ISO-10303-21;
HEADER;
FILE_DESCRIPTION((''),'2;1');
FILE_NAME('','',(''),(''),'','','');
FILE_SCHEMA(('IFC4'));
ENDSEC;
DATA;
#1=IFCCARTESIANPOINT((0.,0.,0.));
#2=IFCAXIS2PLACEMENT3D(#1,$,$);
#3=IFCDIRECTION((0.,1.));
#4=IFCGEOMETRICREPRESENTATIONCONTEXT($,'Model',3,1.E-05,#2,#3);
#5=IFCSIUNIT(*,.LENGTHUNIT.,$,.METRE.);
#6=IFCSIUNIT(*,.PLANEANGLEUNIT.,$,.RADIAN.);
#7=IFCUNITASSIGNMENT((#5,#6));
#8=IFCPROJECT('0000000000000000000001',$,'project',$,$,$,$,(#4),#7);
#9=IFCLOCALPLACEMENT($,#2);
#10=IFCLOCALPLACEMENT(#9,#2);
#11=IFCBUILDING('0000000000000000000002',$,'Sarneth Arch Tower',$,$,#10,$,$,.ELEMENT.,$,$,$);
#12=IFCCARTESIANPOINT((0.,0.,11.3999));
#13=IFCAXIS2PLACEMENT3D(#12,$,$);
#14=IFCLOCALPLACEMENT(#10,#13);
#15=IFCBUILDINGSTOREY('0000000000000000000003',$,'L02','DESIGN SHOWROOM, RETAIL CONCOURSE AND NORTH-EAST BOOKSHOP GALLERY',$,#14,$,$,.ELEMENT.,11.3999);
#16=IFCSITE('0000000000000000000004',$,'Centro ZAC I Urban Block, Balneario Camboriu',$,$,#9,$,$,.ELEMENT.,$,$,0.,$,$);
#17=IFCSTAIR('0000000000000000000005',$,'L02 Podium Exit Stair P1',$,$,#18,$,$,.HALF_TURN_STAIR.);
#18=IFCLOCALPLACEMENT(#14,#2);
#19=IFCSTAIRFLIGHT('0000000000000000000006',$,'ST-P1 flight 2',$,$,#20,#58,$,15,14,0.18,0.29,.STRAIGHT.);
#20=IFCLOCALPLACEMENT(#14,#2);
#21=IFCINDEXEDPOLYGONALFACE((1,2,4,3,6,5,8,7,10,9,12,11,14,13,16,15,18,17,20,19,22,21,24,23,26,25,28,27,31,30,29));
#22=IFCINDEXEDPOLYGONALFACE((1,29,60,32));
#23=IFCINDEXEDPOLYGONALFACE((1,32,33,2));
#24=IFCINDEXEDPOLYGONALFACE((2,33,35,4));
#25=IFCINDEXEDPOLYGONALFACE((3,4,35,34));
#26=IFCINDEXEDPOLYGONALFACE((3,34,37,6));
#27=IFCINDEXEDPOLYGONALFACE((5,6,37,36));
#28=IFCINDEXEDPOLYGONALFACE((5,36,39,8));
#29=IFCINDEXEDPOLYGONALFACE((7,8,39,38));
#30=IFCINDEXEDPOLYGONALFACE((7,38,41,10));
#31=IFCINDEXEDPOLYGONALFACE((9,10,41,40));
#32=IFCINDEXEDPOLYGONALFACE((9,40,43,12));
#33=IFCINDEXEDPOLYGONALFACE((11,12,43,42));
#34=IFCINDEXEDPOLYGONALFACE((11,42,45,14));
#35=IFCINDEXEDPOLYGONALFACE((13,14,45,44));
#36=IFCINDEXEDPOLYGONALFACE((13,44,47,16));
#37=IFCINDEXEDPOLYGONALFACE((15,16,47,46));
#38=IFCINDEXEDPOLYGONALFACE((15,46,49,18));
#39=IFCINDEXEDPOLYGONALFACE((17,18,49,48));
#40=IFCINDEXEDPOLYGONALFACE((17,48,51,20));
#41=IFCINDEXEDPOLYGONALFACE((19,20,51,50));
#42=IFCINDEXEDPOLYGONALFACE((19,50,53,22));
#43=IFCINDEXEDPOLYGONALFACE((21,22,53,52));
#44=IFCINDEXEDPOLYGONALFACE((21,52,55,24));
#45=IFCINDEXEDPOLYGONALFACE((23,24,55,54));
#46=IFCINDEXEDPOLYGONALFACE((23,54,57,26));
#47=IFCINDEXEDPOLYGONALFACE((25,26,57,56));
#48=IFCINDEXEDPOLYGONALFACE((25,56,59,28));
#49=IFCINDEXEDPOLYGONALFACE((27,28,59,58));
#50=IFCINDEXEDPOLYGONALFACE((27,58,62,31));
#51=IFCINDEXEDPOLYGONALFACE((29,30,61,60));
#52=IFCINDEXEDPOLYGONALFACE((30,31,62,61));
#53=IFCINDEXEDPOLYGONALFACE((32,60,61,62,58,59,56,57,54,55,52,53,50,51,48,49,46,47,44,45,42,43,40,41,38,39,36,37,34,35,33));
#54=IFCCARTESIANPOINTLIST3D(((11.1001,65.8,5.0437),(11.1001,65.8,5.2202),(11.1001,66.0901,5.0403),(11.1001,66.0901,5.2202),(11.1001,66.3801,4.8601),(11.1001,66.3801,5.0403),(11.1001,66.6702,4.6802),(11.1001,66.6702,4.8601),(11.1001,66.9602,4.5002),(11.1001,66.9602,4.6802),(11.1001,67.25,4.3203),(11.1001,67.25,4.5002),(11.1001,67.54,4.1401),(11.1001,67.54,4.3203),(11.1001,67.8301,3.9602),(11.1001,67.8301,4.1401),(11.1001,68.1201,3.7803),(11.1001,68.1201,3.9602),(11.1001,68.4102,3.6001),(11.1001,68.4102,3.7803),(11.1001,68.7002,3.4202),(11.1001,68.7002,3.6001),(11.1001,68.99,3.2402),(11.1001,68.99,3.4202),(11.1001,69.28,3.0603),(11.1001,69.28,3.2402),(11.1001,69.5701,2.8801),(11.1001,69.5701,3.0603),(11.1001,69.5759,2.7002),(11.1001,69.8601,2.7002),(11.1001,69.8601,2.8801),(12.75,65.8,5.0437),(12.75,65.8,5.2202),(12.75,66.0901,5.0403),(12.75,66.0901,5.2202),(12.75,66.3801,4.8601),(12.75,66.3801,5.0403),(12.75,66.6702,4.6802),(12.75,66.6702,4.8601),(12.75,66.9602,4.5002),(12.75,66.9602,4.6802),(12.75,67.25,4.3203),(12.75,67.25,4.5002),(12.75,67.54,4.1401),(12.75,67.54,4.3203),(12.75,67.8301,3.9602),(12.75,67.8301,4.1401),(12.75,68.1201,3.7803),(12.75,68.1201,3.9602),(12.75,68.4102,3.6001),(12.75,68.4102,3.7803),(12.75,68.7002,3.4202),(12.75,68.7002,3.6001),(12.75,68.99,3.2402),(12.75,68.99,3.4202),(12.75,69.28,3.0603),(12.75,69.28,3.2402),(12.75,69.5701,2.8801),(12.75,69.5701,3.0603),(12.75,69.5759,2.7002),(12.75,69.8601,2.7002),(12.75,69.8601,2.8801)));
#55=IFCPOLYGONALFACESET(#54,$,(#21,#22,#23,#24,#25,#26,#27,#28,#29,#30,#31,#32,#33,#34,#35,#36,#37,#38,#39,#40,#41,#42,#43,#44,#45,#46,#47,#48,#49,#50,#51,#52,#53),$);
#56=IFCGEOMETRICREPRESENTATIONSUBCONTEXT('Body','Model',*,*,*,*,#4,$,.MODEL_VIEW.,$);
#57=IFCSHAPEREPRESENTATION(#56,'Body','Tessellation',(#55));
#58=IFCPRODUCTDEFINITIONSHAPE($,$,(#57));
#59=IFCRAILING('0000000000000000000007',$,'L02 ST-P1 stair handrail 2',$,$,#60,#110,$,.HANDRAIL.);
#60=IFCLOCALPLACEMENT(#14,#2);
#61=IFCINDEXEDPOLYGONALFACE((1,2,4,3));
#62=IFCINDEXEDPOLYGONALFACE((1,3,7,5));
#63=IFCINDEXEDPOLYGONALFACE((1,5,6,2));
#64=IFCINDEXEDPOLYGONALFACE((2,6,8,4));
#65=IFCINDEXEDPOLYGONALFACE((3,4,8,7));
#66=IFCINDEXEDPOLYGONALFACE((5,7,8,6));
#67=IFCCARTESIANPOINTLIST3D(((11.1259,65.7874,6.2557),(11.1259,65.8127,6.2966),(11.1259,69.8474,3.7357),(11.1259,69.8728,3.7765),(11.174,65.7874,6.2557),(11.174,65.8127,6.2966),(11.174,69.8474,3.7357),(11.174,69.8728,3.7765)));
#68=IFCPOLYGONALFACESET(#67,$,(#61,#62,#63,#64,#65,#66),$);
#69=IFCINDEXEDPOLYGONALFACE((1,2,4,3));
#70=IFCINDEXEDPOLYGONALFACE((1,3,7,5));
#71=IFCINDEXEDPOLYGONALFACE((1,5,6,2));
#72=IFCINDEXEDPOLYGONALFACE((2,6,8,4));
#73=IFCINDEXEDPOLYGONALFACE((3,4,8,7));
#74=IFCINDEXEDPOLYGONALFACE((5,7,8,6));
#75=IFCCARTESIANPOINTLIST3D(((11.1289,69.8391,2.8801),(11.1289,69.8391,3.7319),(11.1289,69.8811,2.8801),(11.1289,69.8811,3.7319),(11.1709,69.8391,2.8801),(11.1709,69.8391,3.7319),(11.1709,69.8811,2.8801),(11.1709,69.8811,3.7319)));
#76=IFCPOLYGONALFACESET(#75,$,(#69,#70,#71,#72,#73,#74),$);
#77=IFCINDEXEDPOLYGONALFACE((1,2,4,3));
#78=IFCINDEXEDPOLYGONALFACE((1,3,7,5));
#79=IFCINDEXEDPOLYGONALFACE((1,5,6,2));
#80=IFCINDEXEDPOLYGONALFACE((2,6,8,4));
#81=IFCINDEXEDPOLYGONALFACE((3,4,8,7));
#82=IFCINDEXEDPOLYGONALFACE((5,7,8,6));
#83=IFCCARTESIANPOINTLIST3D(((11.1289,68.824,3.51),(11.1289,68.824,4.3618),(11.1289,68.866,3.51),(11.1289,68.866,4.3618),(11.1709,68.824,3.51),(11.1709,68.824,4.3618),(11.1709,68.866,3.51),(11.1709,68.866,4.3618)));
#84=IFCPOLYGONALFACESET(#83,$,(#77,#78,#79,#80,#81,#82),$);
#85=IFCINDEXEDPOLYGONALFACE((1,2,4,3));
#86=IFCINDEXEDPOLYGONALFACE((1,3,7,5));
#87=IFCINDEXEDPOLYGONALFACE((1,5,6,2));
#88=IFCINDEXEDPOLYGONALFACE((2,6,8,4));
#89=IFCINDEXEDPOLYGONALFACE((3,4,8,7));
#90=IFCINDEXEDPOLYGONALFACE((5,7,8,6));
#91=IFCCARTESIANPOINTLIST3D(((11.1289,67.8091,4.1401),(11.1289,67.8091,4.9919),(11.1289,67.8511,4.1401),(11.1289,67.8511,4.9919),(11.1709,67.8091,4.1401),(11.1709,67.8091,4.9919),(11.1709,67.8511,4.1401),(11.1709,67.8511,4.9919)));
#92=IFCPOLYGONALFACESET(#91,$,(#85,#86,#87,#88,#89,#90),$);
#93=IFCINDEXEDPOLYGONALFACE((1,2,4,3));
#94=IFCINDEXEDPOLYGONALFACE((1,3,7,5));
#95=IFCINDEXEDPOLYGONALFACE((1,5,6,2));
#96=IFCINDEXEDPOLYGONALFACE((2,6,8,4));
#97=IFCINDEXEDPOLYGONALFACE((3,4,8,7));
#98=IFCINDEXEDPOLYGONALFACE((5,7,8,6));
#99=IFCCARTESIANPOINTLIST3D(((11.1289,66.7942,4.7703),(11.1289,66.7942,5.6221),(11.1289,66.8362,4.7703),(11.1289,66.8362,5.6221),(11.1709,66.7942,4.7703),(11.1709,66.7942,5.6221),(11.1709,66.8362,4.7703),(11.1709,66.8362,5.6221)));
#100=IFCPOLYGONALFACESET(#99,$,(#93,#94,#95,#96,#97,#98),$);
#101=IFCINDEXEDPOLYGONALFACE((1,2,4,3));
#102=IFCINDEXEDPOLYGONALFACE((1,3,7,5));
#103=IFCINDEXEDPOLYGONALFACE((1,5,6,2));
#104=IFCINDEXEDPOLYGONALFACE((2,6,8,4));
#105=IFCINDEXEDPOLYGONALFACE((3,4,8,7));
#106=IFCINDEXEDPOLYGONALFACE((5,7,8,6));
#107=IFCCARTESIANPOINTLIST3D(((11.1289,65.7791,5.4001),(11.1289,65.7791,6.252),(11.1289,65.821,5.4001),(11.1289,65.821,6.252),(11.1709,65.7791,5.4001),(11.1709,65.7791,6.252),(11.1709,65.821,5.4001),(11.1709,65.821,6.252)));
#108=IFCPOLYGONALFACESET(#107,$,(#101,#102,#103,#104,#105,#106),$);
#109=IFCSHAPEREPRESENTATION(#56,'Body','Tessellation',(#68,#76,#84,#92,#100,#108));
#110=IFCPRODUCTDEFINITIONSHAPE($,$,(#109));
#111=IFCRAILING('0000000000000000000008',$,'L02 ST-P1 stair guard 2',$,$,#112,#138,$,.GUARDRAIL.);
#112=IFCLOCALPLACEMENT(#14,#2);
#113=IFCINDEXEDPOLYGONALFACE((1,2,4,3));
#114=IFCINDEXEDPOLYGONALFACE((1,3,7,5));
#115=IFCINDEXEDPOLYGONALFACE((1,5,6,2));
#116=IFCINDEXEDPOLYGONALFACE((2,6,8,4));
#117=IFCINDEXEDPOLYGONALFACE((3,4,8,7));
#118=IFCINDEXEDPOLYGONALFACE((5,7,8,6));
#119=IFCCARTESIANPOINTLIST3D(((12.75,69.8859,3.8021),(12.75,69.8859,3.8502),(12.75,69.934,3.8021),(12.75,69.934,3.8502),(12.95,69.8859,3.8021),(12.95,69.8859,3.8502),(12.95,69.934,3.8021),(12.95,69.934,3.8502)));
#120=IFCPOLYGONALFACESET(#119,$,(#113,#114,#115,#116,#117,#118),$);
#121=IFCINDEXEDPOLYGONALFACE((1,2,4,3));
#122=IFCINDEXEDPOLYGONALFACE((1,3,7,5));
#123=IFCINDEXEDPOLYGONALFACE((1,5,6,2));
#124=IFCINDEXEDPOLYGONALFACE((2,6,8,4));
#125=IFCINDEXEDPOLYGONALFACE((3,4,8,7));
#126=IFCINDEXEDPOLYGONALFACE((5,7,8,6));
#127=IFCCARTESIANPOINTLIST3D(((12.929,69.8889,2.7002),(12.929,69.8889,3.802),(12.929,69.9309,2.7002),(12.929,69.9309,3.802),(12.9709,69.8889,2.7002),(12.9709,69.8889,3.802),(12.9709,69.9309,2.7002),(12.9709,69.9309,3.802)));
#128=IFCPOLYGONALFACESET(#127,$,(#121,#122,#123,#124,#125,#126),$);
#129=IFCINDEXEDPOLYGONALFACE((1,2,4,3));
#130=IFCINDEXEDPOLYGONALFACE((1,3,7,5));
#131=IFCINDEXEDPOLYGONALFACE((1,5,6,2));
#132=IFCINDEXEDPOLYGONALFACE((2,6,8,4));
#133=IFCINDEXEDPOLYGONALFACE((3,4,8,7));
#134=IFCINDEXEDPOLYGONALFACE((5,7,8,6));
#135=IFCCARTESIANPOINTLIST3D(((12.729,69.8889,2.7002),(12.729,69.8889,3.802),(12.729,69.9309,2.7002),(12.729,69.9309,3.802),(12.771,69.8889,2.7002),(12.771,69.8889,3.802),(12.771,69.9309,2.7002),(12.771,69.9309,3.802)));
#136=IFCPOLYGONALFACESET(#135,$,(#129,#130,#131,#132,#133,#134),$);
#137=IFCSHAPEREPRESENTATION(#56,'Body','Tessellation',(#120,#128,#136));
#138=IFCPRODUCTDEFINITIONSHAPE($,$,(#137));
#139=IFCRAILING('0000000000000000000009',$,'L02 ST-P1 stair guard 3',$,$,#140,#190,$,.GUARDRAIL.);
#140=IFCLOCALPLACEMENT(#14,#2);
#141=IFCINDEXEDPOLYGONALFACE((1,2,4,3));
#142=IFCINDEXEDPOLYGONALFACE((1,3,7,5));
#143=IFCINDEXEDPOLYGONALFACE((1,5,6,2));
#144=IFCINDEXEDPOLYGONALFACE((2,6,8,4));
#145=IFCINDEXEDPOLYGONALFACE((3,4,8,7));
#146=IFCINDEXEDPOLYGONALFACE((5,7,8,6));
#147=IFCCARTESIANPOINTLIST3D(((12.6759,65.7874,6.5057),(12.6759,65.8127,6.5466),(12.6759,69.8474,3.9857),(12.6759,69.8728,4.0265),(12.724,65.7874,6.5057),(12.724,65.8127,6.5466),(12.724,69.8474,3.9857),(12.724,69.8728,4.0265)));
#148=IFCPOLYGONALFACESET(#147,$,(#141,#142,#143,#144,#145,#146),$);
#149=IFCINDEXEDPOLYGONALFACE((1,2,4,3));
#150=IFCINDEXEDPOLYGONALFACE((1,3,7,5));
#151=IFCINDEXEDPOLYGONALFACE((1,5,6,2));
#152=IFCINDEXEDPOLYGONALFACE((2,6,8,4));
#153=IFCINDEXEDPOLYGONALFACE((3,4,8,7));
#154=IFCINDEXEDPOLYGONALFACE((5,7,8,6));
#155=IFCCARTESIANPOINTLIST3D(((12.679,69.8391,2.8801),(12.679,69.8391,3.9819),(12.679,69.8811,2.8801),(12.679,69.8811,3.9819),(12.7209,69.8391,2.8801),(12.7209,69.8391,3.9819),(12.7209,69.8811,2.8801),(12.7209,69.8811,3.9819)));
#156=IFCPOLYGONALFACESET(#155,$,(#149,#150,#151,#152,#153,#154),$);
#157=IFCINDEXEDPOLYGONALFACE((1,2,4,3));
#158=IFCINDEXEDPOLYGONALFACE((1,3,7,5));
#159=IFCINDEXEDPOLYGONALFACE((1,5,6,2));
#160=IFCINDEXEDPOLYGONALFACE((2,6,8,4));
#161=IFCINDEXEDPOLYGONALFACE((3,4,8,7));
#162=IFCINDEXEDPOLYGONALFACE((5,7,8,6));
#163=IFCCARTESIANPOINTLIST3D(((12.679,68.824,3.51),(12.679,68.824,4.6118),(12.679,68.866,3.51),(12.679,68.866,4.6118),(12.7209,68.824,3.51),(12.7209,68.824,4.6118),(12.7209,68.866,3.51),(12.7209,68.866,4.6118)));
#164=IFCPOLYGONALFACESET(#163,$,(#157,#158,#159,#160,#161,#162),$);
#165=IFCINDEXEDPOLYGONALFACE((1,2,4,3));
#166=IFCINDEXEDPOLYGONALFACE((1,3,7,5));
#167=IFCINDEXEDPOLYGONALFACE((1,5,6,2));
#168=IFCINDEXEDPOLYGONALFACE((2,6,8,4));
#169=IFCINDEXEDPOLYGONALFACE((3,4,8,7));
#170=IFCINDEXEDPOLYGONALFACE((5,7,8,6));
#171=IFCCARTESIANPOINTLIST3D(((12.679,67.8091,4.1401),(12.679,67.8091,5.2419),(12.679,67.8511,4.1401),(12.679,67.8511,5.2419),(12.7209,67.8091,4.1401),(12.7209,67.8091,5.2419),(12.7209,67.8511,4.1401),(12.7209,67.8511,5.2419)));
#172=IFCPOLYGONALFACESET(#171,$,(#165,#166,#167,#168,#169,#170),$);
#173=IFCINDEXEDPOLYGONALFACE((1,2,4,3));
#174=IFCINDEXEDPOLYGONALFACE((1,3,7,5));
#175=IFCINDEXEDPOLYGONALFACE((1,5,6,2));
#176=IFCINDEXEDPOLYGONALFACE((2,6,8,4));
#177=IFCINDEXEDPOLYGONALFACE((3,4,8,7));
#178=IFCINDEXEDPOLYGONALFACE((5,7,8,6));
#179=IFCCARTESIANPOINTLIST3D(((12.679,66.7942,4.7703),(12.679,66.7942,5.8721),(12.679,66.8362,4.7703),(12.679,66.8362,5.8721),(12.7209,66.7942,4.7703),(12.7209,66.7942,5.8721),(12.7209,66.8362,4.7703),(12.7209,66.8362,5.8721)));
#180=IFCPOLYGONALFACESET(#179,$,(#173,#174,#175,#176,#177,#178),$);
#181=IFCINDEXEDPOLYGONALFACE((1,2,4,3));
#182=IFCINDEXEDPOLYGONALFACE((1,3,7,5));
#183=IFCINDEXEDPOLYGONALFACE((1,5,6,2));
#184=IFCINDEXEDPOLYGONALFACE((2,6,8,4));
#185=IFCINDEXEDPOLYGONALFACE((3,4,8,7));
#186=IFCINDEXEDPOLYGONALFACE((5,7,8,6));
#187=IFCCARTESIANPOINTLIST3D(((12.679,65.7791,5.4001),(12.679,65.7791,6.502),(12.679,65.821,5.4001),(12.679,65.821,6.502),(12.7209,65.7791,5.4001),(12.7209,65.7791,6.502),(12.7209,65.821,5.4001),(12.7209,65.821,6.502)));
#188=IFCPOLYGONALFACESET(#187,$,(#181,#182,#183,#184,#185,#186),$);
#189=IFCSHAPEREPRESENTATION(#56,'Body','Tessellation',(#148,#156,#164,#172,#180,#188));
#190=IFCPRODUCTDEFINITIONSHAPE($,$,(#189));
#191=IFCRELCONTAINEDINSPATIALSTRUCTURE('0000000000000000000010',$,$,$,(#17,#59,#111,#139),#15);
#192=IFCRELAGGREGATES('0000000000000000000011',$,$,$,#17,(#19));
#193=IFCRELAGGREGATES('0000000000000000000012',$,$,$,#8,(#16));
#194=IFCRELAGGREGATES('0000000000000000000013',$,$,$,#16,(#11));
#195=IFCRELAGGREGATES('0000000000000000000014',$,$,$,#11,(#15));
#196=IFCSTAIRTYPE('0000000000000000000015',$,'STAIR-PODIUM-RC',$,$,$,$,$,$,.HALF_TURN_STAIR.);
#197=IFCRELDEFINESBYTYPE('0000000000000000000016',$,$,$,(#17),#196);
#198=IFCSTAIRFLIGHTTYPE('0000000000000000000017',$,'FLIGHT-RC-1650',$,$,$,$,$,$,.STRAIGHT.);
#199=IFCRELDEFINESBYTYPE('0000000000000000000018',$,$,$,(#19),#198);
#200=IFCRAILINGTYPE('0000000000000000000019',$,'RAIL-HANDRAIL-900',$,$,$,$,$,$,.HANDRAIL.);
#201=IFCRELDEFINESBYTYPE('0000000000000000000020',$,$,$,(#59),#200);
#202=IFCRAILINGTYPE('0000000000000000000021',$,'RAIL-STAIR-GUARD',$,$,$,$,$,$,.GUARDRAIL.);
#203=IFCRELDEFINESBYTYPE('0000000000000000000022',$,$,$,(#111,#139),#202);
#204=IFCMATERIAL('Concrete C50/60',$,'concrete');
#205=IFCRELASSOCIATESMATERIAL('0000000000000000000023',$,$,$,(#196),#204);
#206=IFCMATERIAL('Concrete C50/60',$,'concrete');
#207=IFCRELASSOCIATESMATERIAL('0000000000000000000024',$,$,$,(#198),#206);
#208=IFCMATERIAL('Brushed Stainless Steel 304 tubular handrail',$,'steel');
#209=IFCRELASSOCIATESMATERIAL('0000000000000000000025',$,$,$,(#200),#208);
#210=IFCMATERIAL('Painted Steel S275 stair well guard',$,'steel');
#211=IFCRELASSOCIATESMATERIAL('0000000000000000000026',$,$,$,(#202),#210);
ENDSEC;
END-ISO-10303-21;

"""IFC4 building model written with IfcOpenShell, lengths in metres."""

from ifc_helpers import new_model, si_unit, direction, frame, origin, origin_2d, place, context, subcontext, project, spatial, polyline, rectangle, outline, extrude, material, type_object, element, aggregate, save


model = new_model("IFC4")

# Units and contexts
model_context = context("Model", 3, precision=1e-05, world=origin(), true_north=direction((0.0, 1.0)))
body_context = subcontext(model_context, "Body", "Model", "MODEL_VIEW")
ifc_project = project(units=[si_unit("LENGTHUNIT", "METRE"), si_unit("PLANEANGLEUNIT", "RADIAN")], contexts=[model_context])

# Site, building, storey
site_placement = place(None, origin())
site = spatial("IfcSite", under=ifc_project, at=site_placement, Name="Centro ZAC I Urban Block, Balneario Camboriu", CompositionType="ELEMENT", RefElevation=0.0)
building_placement = place(site_placement, origin())
building = spatial("IfcBuilding", under=site, at=building_placement, Name="Sarneth Arch Tower", CompositionType="ELEMENT")
storey_placement = place(building_placement, frame((0.0, 0.0, 11.3999)))
storey = spatial("IfcBuildingStorey", under=building, at=storey_placement, Name="L02", Description="DESIGN SHOWROOM, RETAIL CONCOURSE AND NORTH-EAST BOOKSHOP GALLERY", CompositionType="ELEMENT", Elevation=11.3999)

# Stair, stair flight
ifc_material_1 = material(Name="Concrete C50/60", Category="concrete")
stair_type = type_object("IfcStairType", Name="STAIR-PODIUM-RC", PredefinedType="HALF_TURN_STAIR", material=ifc_material_1)
stair_placement = place(storey_placement, origin())
stair = element("IfcStair", 1, at=stair_placement, inside=storey, type_object=stair_type, Name="L02 Podium Exit Stair P1", PredefinedType="HALF_TURN_STAIR")
ifc_material_2 = material(Name="Concrete C50/60", Category="concrete")
stair_flight_type = type_object("IfcStairFlightType", Name="FLIGHT-RC-1650", PredefinedType="STRAIGHT", material=ifc_material_2)
stair_flight_placement = place(storey_placement, frame((11.925, 69.8601, 2.7002), z_axis=(0.0, 0.0, 1.0), x_axis=(0.0, -1.0, 0.0)))
stair_flight = element("IfcStairFlight", 2, at=stair_flight_placement, type_object=stair_flight_type, Name="ST-P1 flight 2", NumberOfRisers=15, NumberOfTreads=14, PredefinedType="STRAIGHT", RiserHeight=0.18, TreadLength=0.29, context=body_context, shape_type="SweptSolid", body=[
    extrude(outline(polyline([(0.0, 0.0), (0.0, 0.1799), (0.29, 0.1799), (0.29, 0.3601), (0.5801, 0.3601), (0.5801, 0.54), (0.8701, 0.54), (0.8701, 0.72), (1.1599, 0.72), (1.1599, 0.8999), (1.45, 0.8999), (1.45, 1.0801), (1.74, 1.0801), (1.74, 1.26), (2.03, 1.26), (2.03, 1.4399), (2.3201, 1.4399), (2.3201, 1.6201), (2.6101, 1.6201), (2.6101, 1.8), (2.8999, 1.8), (2.8999, 1.98), (3.1899, 1.98), (3.1899, 2.1599), (3.48, 2.1599), (3.48, 2.3401), (3.77, 2.3401), (3.77, 2.52), (4.0601, 2.52), (4.0601, 2.7), (4.0601, 2.3435), (0.2842, 0.0), (0.0, 0.0)])), frame((0.0, 0.825, 0.0), z_axis=(0.0, -1.0, 0.0), x_axis=(1.0, 0.0, 0.0)), (0.0, 0.0, 1.0), 1.6499),
])
aggregate(stair, [stair_flight])

# Railings
ifc_material_3 = material(Name="Brushed Stainless Steel 304 tubular handrail", Category="steel")
railing_type_1 = type_object("IfcRailingType", Name="RAIL-HANDRAIL-900", PredefinedType="HANDRAIL", material=ifc_material_3)
railing_1_placement = place(storey_placement, frame((11.1499, 69.8601, 2.8801)))
element("IfcRailing", 3, at=railing_1_placement, inside=storey, type_object=railing_type_1, Name="L02 ST-P1 stair handrail 2", PredefinedType="HANDRAIL", context=body_context, shape_type="SweptSolid", body=[
    extrude(rectangle(XDim=0.0481, YDim=0.0481, at=origin_2d()), frame((0.0, 0.0, 0.876), z_axis=(0.0, -0.849642, 0.52736), x_axis=(1.0, 0.0, 0.0)), (0.0, 0.0, 1.0), 4.7786),
    extrude(rectangle(XDim=0.042, YDim=0.042, at=origin_2d()), origin(), (0.0, 0.0, 1.0), 0.8518),
    extrude(rectangle(XDim=0.042, YDim=0.042, at=origin_2d()), frame((0.0, -1.0151, 0.6299)), (0.0, 0.0, 1.0), 0.8518),
    extrude(rectangle(XDim=0.042, YDim=0.042, at=origin_2d()), frame((0.0, -2.03, 1.26)), (0.0, 0.0, 1.0), 0.8518),
    extrude(rectangle(XDim=0.042, YDim=0.042, at=origin_2d()), frame((0.0, -3.0449, 1.8901)), (0.0, 0.0, 1.0), 0.8518),
    extrude(rectangle(XDim=0.042, YDim=0.042, at=origin_2d()), frame((0.0, -4.0601, 2.52)), (0.0, 0.0, 1.0), 0.8518),
])
ifc_material_4 = material(Name="Painted Steel S275 stair well guard", Category="steel")
railing_type_2 = type_object("IfcRailingType", Name="RAIL-STAIR-GUARD", PredefinedType="GUARDRAIL", material=ifc_material_4)
railing_2_placement = place(storey_placement, frame((12.95, 69.9099, 2.7002)))
element("IfcRailing", 4, at=railing_2_placement, inside=storey, type_object=railing_type_2, Name="L02 ST-P1 stair guard 2", PredefinedType="GUARDRAIL", context=body_context, shape_type="SweptSolid", body=[
    extrude(rectangle(XDim=0.0481, YDim=0.0481, at=origin_2d()), frame((0.0, 0.0, 1.126), z_axis=(-1.0, 0.0, 0.0), x_axis=(0.0, -1.0, 0.0)), (0.0, 0.0, 1.0), 0.2),
    extrude(rectangle(XDim=0.042, YDim=0.042, at=origin_2d()), origin(), (0.0, 0.0, 1.0), 1.1018),
    extrude(rectangle(XDim=0.042, YDim=0.042, at=origin_2d()), frame((-0.2, 0.0, 0.0)), (0.0, 0.0, 1.0), 1.1018),
])
railing_3_placement = place(storey_placement, frame((12.7, 69.8601, 2.8801)))
element("IfcRailing", 5, at=railing_3_placement, inside=storey, type_object=railing_type_2, Name="L02 ST-P1 stair guard 3", PredefinedType="GUARDRAIL", context=body_context, shape_type="SweptSolid", body=[
    extrude(rectangle(XDim=0.0481, YDim=0.0481, at=origin_2d()), frame((0.0, 0.0, 1.126), z_axis=(0.0, -0.849642, 0.52736), x_axis=(1.0, 0.0, 0.0)), (0.0, 0.0, 1.0), 4.7786),
    extrude(rectangle(XDim=0.042, YDim=0.042, at=origin_2d()), origin(), (0.0, 0.0, 1.0), 1.1018),
    extrude(rectangle(XDim=0.042, YDim=0.042, at=origin_2d()), frame((0.0, -1.0151, 0.6299)), (0.0, 0.0, 1.0), 1.1018),
    extrude(rectangle(XDim=0.042, YDim=0.042, at=origin_2d()), frame((0.0, -2.03, 1.26)), (0.0, 0.0, 1.0), 1.1018),
    extrude(rectangle(XDim=0.042, YDim=0.042, at=origin_2d()), frame((0.0, -3.0449, 1.8901)), (0.0, 0.0, 1.0), 1.1018),
    extrude(rectangle(XDim=0.042, YDim=0.042, at=origin_2d()), frame((0.0, -4.0601, 2.52)), (0.0, 0.0, 1.0), 1.1018),
])

save(model, "model.ifc")
